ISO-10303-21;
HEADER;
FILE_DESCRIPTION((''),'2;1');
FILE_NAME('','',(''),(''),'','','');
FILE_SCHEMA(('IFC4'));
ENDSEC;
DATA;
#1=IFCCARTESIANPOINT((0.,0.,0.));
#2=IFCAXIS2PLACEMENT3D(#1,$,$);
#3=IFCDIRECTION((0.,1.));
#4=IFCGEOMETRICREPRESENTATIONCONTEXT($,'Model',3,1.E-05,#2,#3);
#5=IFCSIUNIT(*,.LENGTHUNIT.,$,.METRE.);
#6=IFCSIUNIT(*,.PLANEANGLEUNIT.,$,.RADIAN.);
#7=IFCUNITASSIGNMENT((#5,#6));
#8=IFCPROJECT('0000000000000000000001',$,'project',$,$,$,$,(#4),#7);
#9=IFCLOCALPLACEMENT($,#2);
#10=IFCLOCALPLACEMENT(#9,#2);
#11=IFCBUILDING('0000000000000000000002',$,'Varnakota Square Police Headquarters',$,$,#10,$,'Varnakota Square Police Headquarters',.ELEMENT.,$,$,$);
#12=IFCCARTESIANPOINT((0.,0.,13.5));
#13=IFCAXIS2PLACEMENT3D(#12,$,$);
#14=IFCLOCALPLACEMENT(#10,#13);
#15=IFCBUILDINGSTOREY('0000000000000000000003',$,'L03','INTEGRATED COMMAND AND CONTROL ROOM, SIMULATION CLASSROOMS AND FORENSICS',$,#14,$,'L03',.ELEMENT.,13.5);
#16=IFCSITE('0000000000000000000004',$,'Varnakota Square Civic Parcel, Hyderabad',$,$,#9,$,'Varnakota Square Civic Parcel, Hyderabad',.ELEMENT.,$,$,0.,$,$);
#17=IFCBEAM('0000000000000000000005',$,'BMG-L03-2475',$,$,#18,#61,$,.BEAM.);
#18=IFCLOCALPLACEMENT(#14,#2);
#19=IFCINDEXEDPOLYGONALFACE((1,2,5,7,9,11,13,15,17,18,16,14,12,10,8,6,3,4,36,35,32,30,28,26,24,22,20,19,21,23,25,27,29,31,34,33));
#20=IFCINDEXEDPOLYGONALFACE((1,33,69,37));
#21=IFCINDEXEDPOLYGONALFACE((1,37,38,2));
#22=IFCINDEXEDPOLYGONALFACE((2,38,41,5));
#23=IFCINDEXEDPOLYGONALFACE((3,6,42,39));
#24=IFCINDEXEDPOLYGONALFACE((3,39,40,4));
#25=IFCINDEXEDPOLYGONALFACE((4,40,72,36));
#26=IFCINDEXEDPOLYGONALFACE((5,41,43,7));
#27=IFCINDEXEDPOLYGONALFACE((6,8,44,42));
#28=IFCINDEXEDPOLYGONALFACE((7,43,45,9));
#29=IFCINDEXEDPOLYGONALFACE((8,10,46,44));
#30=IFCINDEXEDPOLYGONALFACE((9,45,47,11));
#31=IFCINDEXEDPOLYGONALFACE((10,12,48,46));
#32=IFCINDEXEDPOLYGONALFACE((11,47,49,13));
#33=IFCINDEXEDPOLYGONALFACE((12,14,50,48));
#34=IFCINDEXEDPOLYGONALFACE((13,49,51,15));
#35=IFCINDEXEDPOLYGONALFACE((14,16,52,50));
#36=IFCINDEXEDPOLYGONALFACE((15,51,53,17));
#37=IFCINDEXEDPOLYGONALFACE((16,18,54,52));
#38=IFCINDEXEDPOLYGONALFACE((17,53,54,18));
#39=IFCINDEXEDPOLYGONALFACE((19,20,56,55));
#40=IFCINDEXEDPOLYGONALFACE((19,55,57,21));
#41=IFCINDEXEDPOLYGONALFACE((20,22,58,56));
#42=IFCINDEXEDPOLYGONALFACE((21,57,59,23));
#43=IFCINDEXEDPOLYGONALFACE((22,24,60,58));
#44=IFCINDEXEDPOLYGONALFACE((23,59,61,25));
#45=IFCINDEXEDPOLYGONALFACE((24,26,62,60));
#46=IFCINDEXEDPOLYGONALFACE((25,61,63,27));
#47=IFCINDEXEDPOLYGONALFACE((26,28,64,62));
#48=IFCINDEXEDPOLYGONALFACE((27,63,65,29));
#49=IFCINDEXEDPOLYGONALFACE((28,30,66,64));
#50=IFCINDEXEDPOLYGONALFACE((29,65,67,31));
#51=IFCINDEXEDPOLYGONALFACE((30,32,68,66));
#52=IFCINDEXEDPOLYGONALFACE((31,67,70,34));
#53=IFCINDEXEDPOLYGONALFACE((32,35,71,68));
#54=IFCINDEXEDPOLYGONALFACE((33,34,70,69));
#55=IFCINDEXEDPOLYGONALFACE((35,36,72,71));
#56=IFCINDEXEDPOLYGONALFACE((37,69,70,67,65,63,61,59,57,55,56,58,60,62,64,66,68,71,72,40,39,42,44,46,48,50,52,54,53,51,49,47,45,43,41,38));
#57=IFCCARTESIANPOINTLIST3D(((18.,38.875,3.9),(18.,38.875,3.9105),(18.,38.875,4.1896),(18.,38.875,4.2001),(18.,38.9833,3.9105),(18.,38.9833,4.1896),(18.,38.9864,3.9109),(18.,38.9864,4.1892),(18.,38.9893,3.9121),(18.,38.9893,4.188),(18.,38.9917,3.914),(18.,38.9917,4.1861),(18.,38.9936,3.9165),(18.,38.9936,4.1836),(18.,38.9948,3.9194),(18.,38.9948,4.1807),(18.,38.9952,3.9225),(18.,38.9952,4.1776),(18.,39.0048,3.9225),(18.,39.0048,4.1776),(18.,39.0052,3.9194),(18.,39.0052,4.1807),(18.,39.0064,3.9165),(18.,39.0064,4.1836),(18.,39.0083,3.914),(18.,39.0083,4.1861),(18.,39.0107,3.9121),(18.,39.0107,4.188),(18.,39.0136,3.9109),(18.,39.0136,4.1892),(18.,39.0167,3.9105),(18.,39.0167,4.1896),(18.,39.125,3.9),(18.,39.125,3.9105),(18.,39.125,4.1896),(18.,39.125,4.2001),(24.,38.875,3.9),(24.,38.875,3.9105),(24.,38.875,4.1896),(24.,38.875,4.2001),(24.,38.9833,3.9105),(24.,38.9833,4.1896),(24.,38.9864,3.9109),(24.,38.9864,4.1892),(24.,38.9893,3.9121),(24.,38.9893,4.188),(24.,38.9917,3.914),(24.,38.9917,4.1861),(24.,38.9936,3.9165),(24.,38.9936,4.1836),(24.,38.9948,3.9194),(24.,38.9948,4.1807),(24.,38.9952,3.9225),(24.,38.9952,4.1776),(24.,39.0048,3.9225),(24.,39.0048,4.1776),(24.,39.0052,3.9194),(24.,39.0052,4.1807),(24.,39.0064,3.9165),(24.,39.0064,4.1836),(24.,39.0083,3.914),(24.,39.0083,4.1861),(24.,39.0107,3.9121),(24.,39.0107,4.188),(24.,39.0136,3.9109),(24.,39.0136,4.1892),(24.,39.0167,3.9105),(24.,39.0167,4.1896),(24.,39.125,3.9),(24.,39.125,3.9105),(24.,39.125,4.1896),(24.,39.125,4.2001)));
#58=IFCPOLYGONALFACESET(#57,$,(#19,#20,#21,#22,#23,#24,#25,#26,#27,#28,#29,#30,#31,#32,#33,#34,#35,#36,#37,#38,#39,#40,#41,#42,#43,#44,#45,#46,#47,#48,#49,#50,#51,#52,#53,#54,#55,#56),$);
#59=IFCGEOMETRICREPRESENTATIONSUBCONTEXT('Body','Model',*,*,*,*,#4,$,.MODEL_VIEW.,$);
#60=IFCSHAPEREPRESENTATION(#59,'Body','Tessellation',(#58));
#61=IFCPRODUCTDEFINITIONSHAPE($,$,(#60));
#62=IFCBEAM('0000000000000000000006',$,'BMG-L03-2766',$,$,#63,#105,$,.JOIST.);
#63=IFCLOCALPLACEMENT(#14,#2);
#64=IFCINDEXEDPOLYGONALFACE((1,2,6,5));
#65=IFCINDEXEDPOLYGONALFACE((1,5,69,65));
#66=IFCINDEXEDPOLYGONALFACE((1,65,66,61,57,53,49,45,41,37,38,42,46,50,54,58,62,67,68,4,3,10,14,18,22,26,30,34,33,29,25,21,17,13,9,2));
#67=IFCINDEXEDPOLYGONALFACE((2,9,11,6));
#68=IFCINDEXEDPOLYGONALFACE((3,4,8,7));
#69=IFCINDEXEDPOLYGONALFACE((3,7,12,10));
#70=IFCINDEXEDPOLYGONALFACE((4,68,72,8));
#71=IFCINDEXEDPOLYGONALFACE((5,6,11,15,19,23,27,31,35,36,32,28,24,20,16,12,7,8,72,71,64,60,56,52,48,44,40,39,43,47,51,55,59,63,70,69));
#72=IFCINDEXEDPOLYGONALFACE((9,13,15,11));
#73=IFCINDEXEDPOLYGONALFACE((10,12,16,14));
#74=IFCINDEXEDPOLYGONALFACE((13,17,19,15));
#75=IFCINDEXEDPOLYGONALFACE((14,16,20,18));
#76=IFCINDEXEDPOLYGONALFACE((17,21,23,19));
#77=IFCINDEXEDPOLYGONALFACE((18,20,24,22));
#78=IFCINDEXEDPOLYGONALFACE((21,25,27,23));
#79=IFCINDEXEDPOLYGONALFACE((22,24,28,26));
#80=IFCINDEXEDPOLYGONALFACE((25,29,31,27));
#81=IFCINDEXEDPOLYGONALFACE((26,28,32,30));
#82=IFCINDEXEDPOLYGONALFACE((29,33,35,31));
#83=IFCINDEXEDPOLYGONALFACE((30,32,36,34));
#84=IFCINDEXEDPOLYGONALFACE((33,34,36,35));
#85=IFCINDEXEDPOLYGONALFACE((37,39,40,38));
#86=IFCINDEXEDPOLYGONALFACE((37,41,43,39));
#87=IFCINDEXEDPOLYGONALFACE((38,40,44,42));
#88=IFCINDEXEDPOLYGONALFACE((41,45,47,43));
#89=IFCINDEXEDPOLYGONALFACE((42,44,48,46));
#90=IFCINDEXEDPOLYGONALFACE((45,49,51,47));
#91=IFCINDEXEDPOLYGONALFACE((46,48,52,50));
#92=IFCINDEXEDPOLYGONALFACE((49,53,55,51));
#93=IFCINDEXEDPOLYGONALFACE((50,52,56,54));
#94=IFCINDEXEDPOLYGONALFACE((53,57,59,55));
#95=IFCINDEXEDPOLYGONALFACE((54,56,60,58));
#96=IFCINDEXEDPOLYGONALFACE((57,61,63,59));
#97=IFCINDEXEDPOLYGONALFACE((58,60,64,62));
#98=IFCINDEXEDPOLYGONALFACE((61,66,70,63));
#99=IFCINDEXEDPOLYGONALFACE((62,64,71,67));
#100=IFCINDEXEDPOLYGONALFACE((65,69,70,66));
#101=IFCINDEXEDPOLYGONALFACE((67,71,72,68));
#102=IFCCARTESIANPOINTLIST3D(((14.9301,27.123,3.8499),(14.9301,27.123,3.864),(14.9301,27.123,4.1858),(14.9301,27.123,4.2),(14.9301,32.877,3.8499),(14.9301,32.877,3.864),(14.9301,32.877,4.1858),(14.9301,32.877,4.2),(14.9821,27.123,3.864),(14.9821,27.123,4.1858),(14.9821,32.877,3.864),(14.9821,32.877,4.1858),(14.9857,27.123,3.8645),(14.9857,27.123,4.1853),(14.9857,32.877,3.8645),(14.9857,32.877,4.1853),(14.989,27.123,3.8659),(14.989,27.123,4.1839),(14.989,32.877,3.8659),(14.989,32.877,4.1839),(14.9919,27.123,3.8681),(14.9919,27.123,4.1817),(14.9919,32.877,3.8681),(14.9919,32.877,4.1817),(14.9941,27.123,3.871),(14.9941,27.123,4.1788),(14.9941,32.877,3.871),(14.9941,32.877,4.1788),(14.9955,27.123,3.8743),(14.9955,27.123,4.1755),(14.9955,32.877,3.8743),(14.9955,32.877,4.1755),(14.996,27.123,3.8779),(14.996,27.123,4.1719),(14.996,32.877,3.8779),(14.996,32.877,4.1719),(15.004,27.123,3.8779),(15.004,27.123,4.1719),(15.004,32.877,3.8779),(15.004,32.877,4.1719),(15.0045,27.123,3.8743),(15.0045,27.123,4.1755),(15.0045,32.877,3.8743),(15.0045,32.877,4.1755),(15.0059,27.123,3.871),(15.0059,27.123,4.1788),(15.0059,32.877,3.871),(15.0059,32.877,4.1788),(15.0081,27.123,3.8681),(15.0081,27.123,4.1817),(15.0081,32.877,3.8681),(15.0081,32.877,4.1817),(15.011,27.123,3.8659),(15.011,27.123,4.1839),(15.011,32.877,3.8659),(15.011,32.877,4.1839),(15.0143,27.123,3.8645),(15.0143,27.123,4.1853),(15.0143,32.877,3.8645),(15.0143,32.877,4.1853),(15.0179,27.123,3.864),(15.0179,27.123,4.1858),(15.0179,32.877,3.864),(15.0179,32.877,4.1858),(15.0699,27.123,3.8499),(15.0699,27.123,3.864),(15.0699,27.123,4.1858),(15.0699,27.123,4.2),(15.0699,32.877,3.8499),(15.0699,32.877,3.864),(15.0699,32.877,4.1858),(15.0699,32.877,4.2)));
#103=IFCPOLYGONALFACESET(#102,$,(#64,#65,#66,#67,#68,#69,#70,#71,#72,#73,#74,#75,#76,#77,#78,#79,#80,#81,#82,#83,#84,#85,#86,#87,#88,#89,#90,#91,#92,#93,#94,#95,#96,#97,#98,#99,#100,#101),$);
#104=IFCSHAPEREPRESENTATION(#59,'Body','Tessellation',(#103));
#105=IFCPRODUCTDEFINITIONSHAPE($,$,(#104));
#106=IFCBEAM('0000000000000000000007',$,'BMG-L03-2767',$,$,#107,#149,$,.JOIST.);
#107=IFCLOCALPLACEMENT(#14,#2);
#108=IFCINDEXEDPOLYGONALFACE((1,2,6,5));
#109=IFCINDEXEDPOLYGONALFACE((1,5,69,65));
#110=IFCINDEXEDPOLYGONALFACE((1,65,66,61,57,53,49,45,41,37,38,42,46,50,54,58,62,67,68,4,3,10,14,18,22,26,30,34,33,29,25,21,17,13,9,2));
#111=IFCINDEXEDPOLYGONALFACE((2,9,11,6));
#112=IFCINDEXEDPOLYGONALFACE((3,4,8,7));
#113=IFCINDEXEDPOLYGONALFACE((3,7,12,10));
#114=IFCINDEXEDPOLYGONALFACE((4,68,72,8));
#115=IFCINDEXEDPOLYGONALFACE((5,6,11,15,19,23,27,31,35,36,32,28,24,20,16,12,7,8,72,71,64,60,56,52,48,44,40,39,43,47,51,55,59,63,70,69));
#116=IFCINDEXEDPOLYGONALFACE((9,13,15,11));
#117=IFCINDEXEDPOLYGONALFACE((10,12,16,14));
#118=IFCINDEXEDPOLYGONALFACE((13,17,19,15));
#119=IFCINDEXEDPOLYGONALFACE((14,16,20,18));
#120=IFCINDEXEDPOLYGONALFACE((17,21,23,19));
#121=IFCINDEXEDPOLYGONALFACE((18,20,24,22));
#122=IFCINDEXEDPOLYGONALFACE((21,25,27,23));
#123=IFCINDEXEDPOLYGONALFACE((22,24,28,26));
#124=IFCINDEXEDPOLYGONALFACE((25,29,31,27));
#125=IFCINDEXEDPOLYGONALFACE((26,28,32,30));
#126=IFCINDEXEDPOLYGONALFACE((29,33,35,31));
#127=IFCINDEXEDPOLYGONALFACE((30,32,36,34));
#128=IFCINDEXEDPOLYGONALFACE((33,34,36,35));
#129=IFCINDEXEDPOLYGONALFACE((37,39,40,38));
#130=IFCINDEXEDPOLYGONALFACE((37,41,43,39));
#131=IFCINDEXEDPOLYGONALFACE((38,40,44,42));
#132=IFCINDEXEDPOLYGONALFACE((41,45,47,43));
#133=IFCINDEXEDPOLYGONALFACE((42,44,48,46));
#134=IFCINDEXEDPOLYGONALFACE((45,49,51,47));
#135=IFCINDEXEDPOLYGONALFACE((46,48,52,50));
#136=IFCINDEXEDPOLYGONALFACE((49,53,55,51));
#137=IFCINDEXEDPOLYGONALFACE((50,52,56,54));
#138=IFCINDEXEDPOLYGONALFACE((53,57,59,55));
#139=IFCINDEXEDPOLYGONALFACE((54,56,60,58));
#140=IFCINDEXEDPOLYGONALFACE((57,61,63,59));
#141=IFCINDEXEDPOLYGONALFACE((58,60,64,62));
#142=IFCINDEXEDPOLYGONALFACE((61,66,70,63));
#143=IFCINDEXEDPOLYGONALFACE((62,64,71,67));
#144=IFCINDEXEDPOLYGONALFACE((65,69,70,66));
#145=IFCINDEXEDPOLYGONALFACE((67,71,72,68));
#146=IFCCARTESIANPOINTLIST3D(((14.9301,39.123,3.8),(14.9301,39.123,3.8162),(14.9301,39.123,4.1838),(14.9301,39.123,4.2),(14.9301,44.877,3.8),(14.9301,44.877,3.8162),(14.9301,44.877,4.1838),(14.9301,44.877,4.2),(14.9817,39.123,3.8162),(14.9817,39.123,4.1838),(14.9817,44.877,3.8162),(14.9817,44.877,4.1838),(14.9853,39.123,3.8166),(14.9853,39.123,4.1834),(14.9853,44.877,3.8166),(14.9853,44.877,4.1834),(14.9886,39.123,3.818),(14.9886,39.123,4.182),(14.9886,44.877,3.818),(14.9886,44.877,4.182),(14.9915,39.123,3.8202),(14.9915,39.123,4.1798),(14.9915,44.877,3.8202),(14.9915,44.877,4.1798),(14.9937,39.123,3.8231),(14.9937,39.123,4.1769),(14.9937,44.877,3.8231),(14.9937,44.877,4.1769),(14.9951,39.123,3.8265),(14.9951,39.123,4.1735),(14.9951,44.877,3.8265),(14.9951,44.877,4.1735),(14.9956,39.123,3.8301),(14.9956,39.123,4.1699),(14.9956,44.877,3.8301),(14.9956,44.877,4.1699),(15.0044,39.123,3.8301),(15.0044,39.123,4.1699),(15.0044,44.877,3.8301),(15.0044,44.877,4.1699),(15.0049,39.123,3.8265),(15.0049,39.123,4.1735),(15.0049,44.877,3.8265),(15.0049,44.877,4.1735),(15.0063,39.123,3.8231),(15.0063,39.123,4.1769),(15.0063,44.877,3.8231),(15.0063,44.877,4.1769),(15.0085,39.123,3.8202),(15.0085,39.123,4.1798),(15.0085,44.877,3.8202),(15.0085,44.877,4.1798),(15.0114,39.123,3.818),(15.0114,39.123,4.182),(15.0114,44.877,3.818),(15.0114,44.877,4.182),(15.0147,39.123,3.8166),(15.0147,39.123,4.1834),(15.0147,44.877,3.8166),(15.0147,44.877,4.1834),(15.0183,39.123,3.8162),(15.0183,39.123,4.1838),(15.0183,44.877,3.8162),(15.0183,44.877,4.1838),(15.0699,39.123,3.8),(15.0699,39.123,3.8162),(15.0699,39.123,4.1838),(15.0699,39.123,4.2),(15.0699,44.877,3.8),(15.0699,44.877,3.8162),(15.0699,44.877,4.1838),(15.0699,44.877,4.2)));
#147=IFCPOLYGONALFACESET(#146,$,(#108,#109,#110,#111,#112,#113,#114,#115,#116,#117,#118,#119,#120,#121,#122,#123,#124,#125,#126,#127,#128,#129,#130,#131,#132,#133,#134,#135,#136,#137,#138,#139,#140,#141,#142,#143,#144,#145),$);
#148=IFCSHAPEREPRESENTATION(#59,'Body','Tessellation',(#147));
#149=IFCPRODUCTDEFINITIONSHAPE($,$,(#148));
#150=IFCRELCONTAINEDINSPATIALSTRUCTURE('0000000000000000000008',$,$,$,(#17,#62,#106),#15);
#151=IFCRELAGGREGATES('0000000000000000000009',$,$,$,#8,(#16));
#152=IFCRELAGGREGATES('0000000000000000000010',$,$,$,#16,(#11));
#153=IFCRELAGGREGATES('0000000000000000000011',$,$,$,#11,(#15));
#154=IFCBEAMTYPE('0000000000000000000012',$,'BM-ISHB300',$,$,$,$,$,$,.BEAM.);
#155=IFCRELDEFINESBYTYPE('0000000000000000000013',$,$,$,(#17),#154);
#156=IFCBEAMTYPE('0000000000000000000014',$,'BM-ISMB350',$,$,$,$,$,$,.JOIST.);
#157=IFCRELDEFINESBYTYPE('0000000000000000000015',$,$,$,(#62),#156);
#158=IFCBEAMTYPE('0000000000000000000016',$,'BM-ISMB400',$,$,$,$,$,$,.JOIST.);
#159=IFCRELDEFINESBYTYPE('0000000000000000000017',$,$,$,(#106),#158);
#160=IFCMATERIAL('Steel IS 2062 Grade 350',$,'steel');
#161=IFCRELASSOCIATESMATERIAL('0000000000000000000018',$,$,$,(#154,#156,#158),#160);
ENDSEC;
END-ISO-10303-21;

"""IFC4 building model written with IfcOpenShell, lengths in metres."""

from ifc_helpers import new_model, si_unit, direction, frame, origin, origin_2d, place, context, subcontext, project, spatial, i_section, extrude, material, material_profile, profile_set, type_object, element, save


model = new_model("IFC4")

# Units and contexts
model_context = context("Model", 3, precision=1e-05, world=origin(), true_north=direction((0.0, 1.0)))
body_context = subcontext(model_context, "Body", "Model", "MODEL_VIEW")
ifc_project = project(units=[si_unit("LENGTHUNIT", "METRE"), si_unit("PLANEANGLEUNIT", "RADIAN")], contexts=[model_context])

# Site, building, storey
site_placement = place(None, origin())
site = spatial("IfcSite", under=ifc_project, at=site_placement, Name="Varnakota Square Civic Parcel, Hyderabad", LongName="Varnakota Square Civic Parcel, Hyderabad", CompositionType="ELEMENT", RefElevation=0.0)
building_placement = place(site_placement, origin())
building = spatial("IfcBuilding", under=site, at=building_placement, Name="Varnakota Square Police Headquarters", LongName="Varnakota Square Police Headquarters", CompositionType="ELEMENT")
storey_placement = place(building_placement, frame((0.0, 0.0, 13.5)))
storey = spatial("IfcBuildingStorey", under=building, at=storey_placement, Name="L03", Description="INTEGRATED COMMAND AND CONTROL ROOM, SIMULATION CLASSROOMS AND FORENSICS", LongName="L03", CompositionType="ELEMENT", Elevation=13.5)

# Shared definitions
ifc_material_1 = material(Name="Steel IS 2062 Grade 350", Category="steel")

# Beams
ifc_material_profile_1 = material_profile(ifc_material_1, i_section(OverallWidth=0.25, OverallDepth=0.3, WebThickness=0.0095, FlangeThickness=0.0105, FilletRadius=0.012, at=origin_2d()), Name="ISHB 300")
ifc_profile_set_1 = profile_set([ifc_material_profile_1], Name="Steel IS 2062 Grade 350")
beam_type_1 = type_object("IfcBeamType", Name="BM-ISHB300", PredefinedType="BEAM", material=ifc_profile_set_1)
beam_1_placement = place(storey_placement, frame((18.0, 39.0, 4.05), z_axis=(1.0, 0.0, 0.0), x_axis=(0.0, 1.0, 0.0)))
element("IfcBeam", 1, at=beam_1_placement, inside=storey, type_object=beam_type_1, Name="BMG-L03-2475", PredefinedType="BEAM", context=body_context, shape_type="SweptSolid", body=[
    extrude(i_section(OverallWidth=0.25, OverallDepth=0.3, WebThickness=0.0095, FlangeThickness=0.0105, FilletRadius=0.012, at=origin_2d()), origin(), (0.0, 0.0, 1.0), 6.0),
])
ifc_material_profile_2 = material_profile(ifc_material_1, i_section(OverallWidth=0.1399, OverallDepth=0.3501, WebThickness=0.0081, FlangeThickness=0.0142, FilletRadius=0.0139, at=origin_2d()), Name="ISMB 350")
ifc_profile_set_2 = profile_set([ifc_material_profile_2], Name="Steel IS 2062 Grade 350")
beam_type_2 = type_object("IfcBeamType", Name="BM-ISMB350", PredefinedType="JOIST", material=ifc_profile_set_2)
beam_2_placement = place(storey_placement, frame((15.0, 27.123, 4.0249), z_axis=(0.0, 1.0, 0.0), x_axis=(-1.0, 0.0, 0.0)))
element("IfcBeam", 2, at=beam_2_placement, inside=storey, type_object=beam_type_2, Name="BMG-L03-2766", PredefinedType="JOIST", context=body_context, shape_type="SweptSolid", body=[
    extrude(i_section(OverallWidth=0.1399, OverallDepth=0.3501, WebThickness=0.0081, FlangeThickness=0.0142, FilletRadius=0.0139, at=origin_2d()), origin(), (0.0, 0.0, 1.0), 5.7539),
])
ifc_material_profile_3 = material_profile(ifc_material_1, i_section(OverallWidth=0.1399, OverallDepth=0.3999, WebThickness=0.0088, FlangeThickness=0.0161, FilletRadius=0.0139, at=origin_2d()), Name="ISMB 400")
ifc_profile_set_3 = profile_set([ifc_material_profile_3], Name="Steel IS 2062 Grade 350")
beam_type_3 = type_object("IfcBeamType", Name="BM-ISMB400", PredefinedType="JOIST", material=ifc_profile_set_3)
beam_3_placement = place(storey_placement, frame((15.0, 39.123, 4.0), z_axis=(0.0, 1.0, 0.0), x_axis=(-1.0, 0.0, 0.0)))
element("IfcBeam", 3, at=beam_3_placement, inside=storey, type_object=beam_type_3, Name="BMG-L03-2767", PredefinedType="JOIST", context=body_context, shape_type="SweptSolid", body=[
    extrude(i_section(OverallWidth=0.1399, OverallDepth=0.3999, WebThickness=0.0088, FlangeThickness=0.0161, FilletRadius=0.0139, at=origin_2d()), origin(), (0.0, 0.0, 1.0), 5.7539),
])

save(model, "model.ifc")
